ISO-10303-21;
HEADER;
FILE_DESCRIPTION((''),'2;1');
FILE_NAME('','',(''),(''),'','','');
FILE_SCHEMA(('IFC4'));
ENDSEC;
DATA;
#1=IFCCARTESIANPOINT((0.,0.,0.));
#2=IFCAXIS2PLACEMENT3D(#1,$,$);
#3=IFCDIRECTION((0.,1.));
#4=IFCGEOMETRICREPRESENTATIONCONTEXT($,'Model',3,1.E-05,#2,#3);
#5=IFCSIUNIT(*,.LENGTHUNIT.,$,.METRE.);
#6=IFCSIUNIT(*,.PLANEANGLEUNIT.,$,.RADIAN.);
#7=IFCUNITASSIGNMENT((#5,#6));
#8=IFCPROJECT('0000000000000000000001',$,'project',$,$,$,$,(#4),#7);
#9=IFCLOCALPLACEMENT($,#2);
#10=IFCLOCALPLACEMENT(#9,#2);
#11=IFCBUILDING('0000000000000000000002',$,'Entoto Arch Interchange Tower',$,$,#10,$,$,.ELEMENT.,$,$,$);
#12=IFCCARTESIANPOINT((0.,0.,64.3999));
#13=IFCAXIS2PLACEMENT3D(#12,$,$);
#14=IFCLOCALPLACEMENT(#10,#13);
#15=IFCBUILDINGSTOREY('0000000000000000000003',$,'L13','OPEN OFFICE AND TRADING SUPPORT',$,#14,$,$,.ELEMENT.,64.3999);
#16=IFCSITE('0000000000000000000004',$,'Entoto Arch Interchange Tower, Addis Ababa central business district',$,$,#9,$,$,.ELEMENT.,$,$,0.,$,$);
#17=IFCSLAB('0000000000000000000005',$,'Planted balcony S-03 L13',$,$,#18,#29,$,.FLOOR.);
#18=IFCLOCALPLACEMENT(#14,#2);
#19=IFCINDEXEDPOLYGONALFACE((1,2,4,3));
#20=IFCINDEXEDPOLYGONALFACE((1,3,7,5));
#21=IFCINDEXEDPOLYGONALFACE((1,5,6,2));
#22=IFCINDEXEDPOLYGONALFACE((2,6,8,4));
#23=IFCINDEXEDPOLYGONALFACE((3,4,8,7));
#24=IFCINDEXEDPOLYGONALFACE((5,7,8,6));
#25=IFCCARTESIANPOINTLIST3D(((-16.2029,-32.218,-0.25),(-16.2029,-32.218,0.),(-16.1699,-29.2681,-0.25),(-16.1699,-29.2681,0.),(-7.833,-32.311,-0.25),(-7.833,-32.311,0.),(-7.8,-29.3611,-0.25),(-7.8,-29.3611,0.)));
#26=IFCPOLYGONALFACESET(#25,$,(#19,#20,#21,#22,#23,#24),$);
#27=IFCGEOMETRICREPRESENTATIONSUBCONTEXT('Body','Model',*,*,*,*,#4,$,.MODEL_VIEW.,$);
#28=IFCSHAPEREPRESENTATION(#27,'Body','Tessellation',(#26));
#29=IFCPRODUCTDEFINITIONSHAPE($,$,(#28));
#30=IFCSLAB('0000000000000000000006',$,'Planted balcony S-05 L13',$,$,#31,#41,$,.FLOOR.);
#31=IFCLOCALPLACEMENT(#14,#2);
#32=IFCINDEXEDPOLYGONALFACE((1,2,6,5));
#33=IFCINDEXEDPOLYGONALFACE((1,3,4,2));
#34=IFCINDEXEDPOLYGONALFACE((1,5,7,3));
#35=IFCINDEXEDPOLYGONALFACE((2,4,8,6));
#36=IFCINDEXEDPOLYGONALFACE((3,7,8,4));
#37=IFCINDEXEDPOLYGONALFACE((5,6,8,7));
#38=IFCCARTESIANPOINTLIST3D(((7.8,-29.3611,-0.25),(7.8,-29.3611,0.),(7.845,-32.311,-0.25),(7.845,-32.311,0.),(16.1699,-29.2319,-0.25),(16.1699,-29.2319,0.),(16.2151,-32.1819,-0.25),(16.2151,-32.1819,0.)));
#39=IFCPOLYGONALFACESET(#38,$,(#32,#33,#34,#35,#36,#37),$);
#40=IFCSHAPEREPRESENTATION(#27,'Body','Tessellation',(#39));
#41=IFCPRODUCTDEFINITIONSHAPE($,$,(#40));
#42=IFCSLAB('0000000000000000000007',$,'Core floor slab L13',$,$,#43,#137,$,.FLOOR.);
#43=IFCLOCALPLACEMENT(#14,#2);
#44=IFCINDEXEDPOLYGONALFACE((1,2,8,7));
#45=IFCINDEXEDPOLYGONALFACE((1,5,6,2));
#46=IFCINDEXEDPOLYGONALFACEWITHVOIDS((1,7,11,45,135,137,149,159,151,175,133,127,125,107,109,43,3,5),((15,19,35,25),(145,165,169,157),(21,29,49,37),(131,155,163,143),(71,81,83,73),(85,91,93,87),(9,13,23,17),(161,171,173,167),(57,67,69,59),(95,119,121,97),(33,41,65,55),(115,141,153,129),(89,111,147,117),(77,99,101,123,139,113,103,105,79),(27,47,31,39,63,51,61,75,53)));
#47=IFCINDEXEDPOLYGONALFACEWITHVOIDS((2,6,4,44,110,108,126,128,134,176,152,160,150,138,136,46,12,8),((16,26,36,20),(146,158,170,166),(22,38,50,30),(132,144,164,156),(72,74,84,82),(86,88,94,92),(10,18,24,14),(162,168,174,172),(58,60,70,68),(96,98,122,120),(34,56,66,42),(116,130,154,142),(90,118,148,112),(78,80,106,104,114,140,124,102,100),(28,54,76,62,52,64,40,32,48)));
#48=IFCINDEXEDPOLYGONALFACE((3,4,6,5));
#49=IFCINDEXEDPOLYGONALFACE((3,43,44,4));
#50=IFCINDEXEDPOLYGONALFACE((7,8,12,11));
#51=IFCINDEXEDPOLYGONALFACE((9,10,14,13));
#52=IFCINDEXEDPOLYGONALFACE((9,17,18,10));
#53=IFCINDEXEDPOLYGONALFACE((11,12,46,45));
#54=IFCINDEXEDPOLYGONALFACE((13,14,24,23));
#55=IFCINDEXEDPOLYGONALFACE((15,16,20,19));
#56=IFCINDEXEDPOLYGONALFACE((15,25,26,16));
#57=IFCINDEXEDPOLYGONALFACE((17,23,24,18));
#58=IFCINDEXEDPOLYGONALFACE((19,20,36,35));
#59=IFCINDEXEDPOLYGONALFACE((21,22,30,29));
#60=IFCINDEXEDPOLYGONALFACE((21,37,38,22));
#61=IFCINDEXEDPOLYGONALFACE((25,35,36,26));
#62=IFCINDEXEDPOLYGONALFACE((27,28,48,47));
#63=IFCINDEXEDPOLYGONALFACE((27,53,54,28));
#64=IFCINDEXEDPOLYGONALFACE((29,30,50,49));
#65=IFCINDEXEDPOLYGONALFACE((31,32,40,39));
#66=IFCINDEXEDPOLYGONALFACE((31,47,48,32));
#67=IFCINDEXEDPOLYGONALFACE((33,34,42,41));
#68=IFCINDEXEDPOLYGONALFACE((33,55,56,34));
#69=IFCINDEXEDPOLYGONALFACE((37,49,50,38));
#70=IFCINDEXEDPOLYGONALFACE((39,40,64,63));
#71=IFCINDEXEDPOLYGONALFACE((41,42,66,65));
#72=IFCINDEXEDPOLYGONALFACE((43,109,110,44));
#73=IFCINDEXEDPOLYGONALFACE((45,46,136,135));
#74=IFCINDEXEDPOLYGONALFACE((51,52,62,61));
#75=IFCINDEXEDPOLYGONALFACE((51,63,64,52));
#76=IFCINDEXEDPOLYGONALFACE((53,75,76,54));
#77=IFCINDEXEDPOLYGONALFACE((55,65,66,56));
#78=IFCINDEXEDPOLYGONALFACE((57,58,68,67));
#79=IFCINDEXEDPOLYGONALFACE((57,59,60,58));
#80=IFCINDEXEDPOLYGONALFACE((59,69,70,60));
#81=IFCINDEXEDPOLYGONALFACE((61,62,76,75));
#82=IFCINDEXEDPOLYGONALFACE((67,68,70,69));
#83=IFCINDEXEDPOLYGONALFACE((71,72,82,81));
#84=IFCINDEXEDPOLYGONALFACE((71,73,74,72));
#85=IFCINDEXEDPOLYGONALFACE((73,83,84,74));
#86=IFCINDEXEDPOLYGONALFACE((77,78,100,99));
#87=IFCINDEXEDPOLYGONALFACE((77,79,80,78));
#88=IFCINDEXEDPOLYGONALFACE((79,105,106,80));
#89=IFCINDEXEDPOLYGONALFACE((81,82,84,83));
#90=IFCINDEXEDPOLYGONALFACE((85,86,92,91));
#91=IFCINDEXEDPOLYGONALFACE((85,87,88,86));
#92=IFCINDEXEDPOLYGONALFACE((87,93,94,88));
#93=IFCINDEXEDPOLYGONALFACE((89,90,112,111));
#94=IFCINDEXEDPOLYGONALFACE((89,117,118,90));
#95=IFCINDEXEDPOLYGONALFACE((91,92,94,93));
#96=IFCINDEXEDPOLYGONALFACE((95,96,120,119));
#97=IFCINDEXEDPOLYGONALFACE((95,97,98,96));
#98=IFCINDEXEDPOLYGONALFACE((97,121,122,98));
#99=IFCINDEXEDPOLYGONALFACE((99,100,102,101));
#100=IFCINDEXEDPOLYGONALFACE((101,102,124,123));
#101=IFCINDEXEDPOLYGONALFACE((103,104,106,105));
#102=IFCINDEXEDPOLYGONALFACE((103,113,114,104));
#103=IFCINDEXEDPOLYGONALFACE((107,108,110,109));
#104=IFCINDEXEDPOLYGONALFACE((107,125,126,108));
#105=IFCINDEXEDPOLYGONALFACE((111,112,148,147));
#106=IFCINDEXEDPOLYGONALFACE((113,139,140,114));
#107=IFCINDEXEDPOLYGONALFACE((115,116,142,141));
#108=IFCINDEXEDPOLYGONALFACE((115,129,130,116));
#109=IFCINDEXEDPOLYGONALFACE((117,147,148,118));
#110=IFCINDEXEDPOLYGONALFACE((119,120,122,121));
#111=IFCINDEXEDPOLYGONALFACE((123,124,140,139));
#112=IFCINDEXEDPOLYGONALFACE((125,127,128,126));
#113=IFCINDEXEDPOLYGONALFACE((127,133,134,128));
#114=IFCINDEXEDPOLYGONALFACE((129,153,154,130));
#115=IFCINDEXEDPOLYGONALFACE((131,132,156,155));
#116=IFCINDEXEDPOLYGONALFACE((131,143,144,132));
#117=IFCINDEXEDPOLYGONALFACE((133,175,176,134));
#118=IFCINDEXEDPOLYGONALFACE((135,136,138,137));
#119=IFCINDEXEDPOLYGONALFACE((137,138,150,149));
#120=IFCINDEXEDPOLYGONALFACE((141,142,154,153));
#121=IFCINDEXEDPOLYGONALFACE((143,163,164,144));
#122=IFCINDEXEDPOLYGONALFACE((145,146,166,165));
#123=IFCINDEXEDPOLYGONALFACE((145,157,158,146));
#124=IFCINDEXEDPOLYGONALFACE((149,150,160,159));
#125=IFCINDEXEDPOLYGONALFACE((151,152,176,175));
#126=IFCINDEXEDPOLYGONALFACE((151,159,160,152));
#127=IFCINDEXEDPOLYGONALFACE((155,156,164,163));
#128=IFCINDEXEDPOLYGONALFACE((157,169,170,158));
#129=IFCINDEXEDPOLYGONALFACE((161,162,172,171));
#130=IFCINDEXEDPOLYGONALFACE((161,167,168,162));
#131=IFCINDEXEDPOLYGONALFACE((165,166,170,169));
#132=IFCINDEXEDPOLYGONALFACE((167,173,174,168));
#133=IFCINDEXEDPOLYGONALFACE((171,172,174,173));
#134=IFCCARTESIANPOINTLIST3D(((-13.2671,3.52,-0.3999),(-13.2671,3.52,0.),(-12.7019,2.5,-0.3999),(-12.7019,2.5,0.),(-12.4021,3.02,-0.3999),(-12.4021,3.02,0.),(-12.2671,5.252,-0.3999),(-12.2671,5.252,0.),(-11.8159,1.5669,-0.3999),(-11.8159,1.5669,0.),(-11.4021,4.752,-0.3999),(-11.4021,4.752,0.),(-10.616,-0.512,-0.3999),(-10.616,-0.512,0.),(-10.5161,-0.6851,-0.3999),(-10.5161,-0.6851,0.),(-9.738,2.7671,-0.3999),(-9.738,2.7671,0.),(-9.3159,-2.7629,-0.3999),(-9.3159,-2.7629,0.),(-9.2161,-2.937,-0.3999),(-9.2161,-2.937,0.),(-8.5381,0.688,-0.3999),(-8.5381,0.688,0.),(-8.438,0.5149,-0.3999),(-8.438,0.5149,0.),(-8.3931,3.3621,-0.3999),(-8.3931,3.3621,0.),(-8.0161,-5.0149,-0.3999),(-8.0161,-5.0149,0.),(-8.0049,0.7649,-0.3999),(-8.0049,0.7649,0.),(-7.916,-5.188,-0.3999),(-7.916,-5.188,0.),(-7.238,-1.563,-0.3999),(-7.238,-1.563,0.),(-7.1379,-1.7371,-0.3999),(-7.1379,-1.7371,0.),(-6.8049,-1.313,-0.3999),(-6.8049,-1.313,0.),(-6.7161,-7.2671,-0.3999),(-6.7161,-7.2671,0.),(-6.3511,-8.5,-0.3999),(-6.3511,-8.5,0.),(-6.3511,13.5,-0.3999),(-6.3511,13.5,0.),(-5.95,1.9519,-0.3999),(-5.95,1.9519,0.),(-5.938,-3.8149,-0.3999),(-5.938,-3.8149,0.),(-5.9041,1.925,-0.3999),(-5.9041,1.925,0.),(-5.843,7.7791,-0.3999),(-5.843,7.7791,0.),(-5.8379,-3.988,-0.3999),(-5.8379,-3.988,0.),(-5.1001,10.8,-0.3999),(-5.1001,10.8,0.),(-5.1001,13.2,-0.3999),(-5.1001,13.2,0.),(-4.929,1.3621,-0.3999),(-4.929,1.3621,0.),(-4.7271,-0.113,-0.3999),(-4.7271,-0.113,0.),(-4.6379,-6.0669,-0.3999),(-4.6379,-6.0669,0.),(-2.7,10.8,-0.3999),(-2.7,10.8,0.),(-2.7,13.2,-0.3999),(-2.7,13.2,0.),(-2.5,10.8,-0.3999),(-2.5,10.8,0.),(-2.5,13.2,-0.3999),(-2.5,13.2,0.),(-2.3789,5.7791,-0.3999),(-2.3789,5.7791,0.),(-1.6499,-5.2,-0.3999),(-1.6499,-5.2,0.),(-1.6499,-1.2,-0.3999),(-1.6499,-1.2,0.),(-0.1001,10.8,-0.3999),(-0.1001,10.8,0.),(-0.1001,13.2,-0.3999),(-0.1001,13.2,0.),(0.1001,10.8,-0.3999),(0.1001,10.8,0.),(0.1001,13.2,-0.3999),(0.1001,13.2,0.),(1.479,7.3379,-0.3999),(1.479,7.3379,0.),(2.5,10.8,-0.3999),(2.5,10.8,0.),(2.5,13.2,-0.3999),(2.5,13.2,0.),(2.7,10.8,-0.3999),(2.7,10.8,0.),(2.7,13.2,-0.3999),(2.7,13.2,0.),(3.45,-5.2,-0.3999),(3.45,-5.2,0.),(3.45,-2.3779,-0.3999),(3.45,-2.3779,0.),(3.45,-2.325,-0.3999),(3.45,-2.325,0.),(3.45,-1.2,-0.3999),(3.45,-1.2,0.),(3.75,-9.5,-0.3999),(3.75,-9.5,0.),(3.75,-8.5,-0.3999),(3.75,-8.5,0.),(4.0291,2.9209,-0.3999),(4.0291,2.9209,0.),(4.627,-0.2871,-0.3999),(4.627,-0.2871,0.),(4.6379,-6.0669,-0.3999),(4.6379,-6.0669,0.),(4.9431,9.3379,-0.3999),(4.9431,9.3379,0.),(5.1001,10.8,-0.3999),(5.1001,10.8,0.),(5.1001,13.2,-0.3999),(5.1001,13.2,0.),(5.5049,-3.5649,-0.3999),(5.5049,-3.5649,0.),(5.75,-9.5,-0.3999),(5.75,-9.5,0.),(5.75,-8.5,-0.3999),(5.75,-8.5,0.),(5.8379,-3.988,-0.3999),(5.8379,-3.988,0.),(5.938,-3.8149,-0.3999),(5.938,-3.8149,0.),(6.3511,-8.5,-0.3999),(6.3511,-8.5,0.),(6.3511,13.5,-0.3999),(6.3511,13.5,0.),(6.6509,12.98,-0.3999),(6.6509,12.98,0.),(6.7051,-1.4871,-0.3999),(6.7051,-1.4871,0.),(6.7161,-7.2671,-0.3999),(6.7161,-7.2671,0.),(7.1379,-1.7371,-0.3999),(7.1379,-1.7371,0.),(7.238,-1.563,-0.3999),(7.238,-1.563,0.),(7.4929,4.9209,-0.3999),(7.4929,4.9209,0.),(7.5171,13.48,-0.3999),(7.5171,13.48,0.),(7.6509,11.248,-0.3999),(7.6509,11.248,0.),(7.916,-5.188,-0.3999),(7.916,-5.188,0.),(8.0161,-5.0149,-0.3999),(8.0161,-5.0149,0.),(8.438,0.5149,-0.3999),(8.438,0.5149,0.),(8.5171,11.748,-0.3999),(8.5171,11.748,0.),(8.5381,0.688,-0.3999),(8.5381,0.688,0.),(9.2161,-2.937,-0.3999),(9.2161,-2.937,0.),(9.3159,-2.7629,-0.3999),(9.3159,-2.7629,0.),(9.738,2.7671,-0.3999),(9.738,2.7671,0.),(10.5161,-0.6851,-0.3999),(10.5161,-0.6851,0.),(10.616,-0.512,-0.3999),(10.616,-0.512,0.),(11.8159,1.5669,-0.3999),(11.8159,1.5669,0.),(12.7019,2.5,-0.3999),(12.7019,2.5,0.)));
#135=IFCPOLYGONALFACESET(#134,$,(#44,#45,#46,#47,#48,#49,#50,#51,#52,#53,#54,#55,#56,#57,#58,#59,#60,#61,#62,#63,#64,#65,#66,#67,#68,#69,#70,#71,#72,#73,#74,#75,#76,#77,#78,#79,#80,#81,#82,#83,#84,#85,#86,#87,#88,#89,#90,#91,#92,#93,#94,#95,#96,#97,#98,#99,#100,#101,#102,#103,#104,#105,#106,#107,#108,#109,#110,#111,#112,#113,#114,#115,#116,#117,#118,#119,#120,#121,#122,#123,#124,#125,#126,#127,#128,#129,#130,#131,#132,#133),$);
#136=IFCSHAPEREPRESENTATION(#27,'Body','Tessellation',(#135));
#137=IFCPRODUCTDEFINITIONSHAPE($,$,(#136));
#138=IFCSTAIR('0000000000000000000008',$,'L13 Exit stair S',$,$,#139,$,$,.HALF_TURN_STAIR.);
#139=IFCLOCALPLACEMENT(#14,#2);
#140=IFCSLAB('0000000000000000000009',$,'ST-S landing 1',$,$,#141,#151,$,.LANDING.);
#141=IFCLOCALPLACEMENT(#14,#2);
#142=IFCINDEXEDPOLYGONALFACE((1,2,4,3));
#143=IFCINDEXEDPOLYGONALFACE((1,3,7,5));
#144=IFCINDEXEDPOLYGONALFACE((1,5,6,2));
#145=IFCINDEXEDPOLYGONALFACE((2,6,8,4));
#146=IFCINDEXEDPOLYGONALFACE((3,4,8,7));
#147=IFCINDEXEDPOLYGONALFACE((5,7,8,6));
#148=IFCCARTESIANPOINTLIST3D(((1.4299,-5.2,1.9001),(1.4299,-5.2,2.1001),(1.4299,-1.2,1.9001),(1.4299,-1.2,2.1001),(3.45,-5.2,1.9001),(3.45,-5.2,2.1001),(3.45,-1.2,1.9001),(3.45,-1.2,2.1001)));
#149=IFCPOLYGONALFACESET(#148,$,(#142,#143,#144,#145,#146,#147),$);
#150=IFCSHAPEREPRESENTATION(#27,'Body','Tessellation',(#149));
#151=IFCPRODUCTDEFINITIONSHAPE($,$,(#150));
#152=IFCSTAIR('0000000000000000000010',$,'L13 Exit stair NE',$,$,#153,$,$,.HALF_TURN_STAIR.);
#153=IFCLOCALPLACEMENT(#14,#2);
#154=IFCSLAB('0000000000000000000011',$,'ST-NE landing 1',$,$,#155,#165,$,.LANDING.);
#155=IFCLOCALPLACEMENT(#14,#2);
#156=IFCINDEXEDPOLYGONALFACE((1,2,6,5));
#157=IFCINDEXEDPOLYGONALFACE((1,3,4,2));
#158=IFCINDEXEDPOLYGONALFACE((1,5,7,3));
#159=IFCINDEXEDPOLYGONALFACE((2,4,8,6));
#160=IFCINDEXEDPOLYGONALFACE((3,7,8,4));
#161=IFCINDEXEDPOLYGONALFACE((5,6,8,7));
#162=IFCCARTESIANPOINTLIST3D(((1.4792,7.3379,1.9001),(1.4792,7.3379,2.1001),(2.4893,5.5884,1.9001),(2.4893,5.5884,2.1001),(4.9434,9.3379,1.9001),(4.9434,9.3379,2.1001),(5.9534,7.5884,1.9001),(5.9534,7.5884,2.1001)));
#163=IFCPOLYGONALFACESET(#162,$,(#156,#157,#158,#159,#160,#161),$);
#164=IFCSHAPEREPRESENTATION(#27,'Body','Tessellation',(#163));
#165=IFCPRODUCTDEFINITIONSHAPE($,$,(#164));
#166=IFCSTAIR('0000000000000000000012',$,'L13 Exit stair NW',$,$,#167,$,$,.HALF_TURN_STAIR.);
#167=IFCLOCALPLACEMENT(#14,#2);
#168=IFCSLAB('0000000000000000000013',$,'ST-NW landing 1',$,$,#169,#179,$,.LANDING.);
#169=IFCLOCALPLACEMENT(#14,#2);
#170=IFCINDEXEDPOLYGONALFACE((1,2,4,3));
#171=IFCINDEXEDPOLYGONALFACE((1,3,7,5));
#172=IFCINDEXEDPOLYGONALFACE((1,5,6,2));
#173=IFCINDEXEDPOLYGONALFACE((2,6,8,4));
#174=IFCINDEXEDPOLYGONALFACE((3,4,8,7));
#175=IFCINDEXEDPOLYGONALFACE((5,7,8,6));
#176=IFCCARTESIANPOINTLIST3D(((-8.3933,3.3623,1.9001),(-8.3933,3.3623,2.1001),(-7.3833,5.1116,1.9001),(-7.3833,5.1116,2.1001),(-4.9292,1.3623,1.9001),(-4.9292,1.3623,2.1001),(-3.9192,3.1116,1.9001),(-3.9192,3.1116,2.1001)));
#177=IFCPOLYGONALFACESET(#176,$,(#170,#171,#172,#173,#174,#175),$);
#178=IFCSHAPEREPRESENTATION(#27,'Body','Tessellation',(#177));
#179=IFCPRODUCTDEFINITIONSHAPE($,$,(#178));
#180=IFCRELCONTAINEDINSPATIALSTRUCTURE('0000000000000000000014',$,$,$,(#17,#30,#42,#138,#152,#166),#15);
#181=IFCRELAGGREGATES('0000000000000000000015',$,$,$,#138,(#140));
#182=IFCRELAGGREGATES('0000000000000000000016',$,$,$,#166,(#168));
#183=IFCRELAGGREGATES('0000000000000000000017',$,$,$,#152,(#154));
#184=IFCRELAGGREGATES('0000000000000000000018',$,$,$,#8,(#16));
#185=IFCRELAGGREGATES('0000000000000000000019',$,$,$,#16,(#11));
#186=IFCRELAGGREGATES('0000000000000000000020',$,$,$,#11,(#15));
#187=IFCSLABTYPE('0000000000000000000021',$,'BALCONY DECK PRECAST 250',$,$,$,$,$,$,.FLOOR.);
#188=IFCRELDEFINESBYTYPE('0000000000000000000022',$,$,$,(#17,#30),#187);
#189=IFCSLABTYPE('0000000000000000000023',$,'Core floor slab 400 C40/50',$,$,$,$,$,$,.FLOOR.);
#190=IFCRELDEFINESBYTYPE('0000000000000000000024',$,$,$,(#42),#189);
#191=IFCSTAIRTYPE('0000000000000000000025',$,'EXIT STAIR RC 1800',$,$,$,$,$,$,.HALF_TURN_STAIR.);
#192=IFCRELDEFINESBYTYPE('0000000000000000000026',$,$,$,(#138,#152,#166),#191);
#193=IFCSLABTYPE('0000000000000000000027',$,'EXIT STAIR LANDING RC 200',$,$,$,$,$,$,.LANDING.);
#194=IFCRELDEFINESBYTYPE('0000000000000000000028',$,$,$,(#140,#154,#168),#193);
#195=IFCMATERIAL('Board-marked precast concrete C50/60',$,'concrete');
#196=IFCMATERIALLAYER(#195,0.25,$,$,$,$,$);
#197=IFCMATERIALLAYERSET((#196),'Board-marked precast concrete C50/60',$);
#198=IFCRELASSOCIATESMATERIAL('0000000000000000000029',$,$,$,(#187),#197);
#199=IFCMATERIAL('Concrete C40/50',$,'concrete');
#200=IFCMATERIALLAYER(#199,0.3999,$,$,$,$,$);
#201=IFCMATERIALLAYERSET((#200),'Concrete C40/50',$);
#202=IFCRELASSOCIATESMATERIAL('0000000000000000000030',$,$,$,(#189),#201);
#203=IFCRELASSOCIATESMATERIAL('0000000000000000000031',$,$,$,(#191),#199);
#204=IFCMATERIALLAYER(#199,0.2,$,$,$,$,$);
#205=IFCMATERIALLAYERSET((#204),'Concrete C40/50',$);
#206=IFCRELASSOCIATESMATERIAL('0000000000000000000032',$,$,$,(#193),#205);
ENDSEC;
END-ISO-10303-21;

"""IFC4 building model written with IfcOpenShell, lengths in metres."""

from ifc_helpers import new_model, si_unit, direction, frame, origin, place, context, subcontext, project, spatial, polyline, outline, extrude, material, layer, layer_set, type_object, element, aggregate, save


model = new_model("IFC4")

# Units and contexts
model_context = context("Model", 3, precision=1e-05, world=origin(), true_north=direction((0.0, 1.0)))
body_context = subcontext(model_context, "Body", "Model", "MODEL_VIEW")
ifc_project = project(units=[si_unit("LENGTHUNIT", "METRE"), si_unit("PLANEANGLEUNIT", "RADIAN")], contexts=[model_context])

# Site, building, storey
site_placement = place(None, origin())
site = spatial("IfcSite", under=ifc_project, at=site_placement, Name="Entoto Arch Interchange Tower, Addis Ababa central business district", CompositionType="ELEMENT", RefElevation=0.0)
building_placement = place(site_placement, origin())
building = spatial("IfcBuilding", under=site, at=building_placement, Name="Entoto Arch Interchange Tower", CompositionType="ELEMENT")
storey_placement = place(building_placement, frame((0.0, 0.0, 64.3999)))
storey = spatial("IfcBuildingStorey", under=building, at=storey_placement, Name="L13", Description="OPEN OFFICE AND TRADING SUPPORT", CompositionType="ELEMENT", Elevation=64.3999)

# Slabs
ifc_material_1 = material(Name="Board-marked precast concrete C50/60", Category="concrete")
ifc_layer_1 = layer(ifc_material_1, 0.25)
ifc_layer_set_1 = layer_set([ifc_layer_1], Name="Board-marked precast concrete C50/60")
slab_type_1 = type_object("IfcSlabType", Name="BALCONY DECK PRECAST 250", PredefinedType="FLOOR", material=ifc_layer_set_1)
slab_1_placement = place(storey_placement, frame((0.0, 0.0, -0.25)))
element("IfcSlab", 1, at=slab_1_placement, inside=storey, type_object=slab_type_1, Name="Planted balcony S-03 L13", PredefinedType="FLOOR", context=body_context, shape_type="SweptSolid", body=[
    extrude(outline(polyline([(-16.1699, -29.2681), (-7.8, -29.3611), (-7.833, -32.311), (-16.2029, -32.218), (-16.1699, -29.2681)])), origin(), (0.0, 0.0, 1.0), 0.25),
])
slab_2_placement = place(storey_placement, frame((0.0, 0.0, -0.25)))
element("IfcSlab", 2, at=slab_2_placement, inside=storey, type_object=slab_type_1, Name="Planted balcony S-05 L13", PredefinedType="FLOOR", context=body_context, shape_type="SweptSolid", body=[
    extrude(outline(polyline([(7.8, -29.3611), (16.1699, -29.2319), (16.2151, -32.1819), (7.845, -32.311), (7.8, -29.3611)])), origin(), (0.0, 0.0, 1.0), 0.25),
])
ifc_material_2 = material(Name="Concrete C40/50", Category="concrete")
ifc_layer_2 = layer(ifc_material_2, 0.3999)
ifc_layer_set_2 = layer_set([ifc_layer_2], Name="Concrete C40/50")
slab_type_2 = type_object("IfcSlabType", Name="Core floor slab 400 C40/50", PredefinedType="FLOOR", material=ifc_layer_set_2)
slab_3_placement = place(storey_placement, frame((0.0, 0.0, -0.3999)))
element("IfcSlab", 3, at=slab_3_placement, inside=storey, type_object=slab_type_2, Name="Core floor slab L13", PredefinedType="FLOOR", context=body_context, shape_type="SweptSolid", body=[
    extrude(outline(polyline([(5.75, -9.5), (3.75, -9.5), (3.75, -8.5), (-6.3511, -8.5), (-12.7019, 2.5), (-12.4021, 3.02), (-13.2671, 3.52), (-12.2671, 5.252), (-11.4021, 4.752), (-6.3511, 13.5), (6.3511, 13.5), (6.6509, 12.98), (7.5171, 13.48), (8.5171, 11.748), (7.6509, 11.248), (12.7019, 2.5), (6.3511, -8.5), (5.75, -8.5), (5.75, -9.5)]), holes=[polyline([(-4.6379, -6.0669), (-5.8379, -3.988), (-7.916, -5.188), (-6.7161, -7.2671), (-4.6379, -6.0669)]), polyline([(-5.938, -3.8149), (-7.1379, -1.7371), (-9.2161, -2.937), (-8.0161, -5.0149), (-5.938, -3.8149)]), polyline([(5.5049, -3.5649), (6.7051, -1.4871), (4.627, -0.2871), (3.45, -2.325), (3.45, -1.2), (-1.6499, -1.2), (-1.6499, -5.2), (3.45, -5.2), (3.45, -2.3779), (5.5049, -3.5649)]), polyline([(-7.238, -1.563), (-8.438, 0.5149), (-10.5161, -0.6851), (-9.3159, -2.7629), (-7.238, -1.563)]), polyline([(-4.7271, -0.113), (-5.9041, 1.925), (-4.929, 1.3621), (-2.3789, 5.7791), (-5.843, 7.7791), (-8.3931, 3.3621), (-5.95, 1.9519), (-8.0049, 0.7649), (-6.8049, -1.313), (-4.7271, -0.113)]), polyline([(-8.5381, 0.688), (-9.738, 2.7671), (-11.8159, 1.5669), (-10.616, -0.512), (-8.5381, 0.688)]), polyline([(-5.1001, 10.8), (-2.7, 10.8), (-2.7, 13.2), (-5.1001, 13.2), (-5.1001, 10.8)]), polyline([(-2.5, 10.8), (-0.1001, 10.8), (-0.1001, 13.2), (-2.5, 13.2), (-2.5, 10.8)]), polyline([(5.8379, -3.988), (4.6379, -6.0669), (6.7161, -7.2671), (7.916, -5.188), (5.8379, -3.988)]), polyline([(7.1379, -1.7371), (5.938, -3.8149), (8.0161, -5.0149), (9.2161, -2.937), (7.1379, -1.7371)]), polyline([(8.438, 0.5149), (7.238, -1.563), (9.3159, -2.7629), (10.5161, -0.6851), (8.438, 0.5149)]), polyline([(9.738, 2.7671), (8.5381, 0.688), (10.616, -0.512), (11.8159, 1.5669), (9.738, 2.7671)]), polyline([(4.0291, 2.9209), (7.4929, 4.9209), (4.9431, 9.3379), (1.479, 7.3379), (4.0291, 2.9209)]), polyline([(0.1001, 13.2), (0.1001, 10.8), (2.5, 10.8), (2.5, 13.2), (0.1001, 13.2)]), polyline([(2.7, 13.2), (2.7, 10.8), (5.1001, 10.8), (5.1001, 13.2), (2.7, 13.2)])]), origin(), (0.0, 0.0, 1.0), 0.3999),
])

# Stairs, slabs
stair_type = type_object("IfcStairType", Name="EXIT STAIR RC 1800", PredefinedType="HALF_TURN_STAIR", material=ifc_material_2)
stair_1_placement = place(storey_placement, origin())
stair_1 = element("IfcStair", 4, at=stair_1_placement, inside=storey, type_object=stair_type, Name="L13 Exit stair S", PredefinedType="HALF_TURN_STAIR")
ifc_layer_3 = layer(ifc_material_2, 0.2)
ifc_layer_set_3 = layer_set([ifc_layer_3], Name="Concrete C40/50")
slab_type_3 = type_object("IfcSlabType", Name="EXIT STAIR LANDING RC 200", PredefinedType="LANDING", material=ifc_layer_set_3)
slab_4_placement = place(storey_placement, frame((0.0, 0.0, 1.9001)))
slab_4 = element("IfcSlab", 5, at=slab_4_placement, type_object=slab_type_3, Name="ST-S landing 1", PredefinedType="LANDING", context=body_context, shape_type="SweptSolid", body=[
    extrude(outline(polyline([(1.4299, -5.2), (3.45, -5.2), (3.45, -1.2), (1.4299, -1.2), (1.4299, -5.2)])), origin(), (0.0, 0.0, 1.0), 0.2),
])
aggregate(stair_1, [slab_4])
stair_2_placement = place(storey_placement, origin())
stair_2 = element("IfcStair", 6, at=stair_2_placement, inside=storey, type_object=stair_type, Name="L13 Exit stair NE", PredefinedType="HALF_TURN_STAIR")
slab_5_placement = place(storey_placement, frame((0.0, 0.0, 1.9001)))
slab_5 = element("IfcSlab", 7, at=slab_5_placement, type_object=slab_type_3, Name="ST-NE landing 1", PredefinedType="LANDING", context=body_context, shape_type="SweptSolid", body=[
    extrude(outline(polyline([(5.9534, 7.5884), (4.9434, 9.3379), (1.4792, 7.3379), (2.4893, 5.5884), (5.9534, 7.5884)])), origin(), (0.0, 0.0, 1.0), 0.2),
])
stair_3_placement = place(storey_placement, origin())
stair_3 = element("IfcStair", 8, at=stair_3_placement, inside=storey, type_object=stair_type, Name="L13 Exit stair NW", PredefinedType="HALF_TURN_STAIR")
slab_6_placement = place(storey_placement, frame((0.0, 0.0, 1.9001)))
slab_6 = element("IfcSlab", 9, at=slab_6_placement, type_object=slab_type_3, Name="ST-NW landing 1", PredefinedType="LANDING", context=body_context, shape_type="SweptSolid", body=[
    extrude(outline(polyline([(-7.3833, 5.1116), (-8.3933, 3.3623), (-4.9292, 1.3623), (-3.9192, 3.1116), (-7.3833, 5.1116)])), origin(), (0.0, 0.0, 1.0), 0.2),
])
aggregate(stair_3, [slab_6])

aggregate(stair_2, [slab_5])

save(model, "model.ifc")
